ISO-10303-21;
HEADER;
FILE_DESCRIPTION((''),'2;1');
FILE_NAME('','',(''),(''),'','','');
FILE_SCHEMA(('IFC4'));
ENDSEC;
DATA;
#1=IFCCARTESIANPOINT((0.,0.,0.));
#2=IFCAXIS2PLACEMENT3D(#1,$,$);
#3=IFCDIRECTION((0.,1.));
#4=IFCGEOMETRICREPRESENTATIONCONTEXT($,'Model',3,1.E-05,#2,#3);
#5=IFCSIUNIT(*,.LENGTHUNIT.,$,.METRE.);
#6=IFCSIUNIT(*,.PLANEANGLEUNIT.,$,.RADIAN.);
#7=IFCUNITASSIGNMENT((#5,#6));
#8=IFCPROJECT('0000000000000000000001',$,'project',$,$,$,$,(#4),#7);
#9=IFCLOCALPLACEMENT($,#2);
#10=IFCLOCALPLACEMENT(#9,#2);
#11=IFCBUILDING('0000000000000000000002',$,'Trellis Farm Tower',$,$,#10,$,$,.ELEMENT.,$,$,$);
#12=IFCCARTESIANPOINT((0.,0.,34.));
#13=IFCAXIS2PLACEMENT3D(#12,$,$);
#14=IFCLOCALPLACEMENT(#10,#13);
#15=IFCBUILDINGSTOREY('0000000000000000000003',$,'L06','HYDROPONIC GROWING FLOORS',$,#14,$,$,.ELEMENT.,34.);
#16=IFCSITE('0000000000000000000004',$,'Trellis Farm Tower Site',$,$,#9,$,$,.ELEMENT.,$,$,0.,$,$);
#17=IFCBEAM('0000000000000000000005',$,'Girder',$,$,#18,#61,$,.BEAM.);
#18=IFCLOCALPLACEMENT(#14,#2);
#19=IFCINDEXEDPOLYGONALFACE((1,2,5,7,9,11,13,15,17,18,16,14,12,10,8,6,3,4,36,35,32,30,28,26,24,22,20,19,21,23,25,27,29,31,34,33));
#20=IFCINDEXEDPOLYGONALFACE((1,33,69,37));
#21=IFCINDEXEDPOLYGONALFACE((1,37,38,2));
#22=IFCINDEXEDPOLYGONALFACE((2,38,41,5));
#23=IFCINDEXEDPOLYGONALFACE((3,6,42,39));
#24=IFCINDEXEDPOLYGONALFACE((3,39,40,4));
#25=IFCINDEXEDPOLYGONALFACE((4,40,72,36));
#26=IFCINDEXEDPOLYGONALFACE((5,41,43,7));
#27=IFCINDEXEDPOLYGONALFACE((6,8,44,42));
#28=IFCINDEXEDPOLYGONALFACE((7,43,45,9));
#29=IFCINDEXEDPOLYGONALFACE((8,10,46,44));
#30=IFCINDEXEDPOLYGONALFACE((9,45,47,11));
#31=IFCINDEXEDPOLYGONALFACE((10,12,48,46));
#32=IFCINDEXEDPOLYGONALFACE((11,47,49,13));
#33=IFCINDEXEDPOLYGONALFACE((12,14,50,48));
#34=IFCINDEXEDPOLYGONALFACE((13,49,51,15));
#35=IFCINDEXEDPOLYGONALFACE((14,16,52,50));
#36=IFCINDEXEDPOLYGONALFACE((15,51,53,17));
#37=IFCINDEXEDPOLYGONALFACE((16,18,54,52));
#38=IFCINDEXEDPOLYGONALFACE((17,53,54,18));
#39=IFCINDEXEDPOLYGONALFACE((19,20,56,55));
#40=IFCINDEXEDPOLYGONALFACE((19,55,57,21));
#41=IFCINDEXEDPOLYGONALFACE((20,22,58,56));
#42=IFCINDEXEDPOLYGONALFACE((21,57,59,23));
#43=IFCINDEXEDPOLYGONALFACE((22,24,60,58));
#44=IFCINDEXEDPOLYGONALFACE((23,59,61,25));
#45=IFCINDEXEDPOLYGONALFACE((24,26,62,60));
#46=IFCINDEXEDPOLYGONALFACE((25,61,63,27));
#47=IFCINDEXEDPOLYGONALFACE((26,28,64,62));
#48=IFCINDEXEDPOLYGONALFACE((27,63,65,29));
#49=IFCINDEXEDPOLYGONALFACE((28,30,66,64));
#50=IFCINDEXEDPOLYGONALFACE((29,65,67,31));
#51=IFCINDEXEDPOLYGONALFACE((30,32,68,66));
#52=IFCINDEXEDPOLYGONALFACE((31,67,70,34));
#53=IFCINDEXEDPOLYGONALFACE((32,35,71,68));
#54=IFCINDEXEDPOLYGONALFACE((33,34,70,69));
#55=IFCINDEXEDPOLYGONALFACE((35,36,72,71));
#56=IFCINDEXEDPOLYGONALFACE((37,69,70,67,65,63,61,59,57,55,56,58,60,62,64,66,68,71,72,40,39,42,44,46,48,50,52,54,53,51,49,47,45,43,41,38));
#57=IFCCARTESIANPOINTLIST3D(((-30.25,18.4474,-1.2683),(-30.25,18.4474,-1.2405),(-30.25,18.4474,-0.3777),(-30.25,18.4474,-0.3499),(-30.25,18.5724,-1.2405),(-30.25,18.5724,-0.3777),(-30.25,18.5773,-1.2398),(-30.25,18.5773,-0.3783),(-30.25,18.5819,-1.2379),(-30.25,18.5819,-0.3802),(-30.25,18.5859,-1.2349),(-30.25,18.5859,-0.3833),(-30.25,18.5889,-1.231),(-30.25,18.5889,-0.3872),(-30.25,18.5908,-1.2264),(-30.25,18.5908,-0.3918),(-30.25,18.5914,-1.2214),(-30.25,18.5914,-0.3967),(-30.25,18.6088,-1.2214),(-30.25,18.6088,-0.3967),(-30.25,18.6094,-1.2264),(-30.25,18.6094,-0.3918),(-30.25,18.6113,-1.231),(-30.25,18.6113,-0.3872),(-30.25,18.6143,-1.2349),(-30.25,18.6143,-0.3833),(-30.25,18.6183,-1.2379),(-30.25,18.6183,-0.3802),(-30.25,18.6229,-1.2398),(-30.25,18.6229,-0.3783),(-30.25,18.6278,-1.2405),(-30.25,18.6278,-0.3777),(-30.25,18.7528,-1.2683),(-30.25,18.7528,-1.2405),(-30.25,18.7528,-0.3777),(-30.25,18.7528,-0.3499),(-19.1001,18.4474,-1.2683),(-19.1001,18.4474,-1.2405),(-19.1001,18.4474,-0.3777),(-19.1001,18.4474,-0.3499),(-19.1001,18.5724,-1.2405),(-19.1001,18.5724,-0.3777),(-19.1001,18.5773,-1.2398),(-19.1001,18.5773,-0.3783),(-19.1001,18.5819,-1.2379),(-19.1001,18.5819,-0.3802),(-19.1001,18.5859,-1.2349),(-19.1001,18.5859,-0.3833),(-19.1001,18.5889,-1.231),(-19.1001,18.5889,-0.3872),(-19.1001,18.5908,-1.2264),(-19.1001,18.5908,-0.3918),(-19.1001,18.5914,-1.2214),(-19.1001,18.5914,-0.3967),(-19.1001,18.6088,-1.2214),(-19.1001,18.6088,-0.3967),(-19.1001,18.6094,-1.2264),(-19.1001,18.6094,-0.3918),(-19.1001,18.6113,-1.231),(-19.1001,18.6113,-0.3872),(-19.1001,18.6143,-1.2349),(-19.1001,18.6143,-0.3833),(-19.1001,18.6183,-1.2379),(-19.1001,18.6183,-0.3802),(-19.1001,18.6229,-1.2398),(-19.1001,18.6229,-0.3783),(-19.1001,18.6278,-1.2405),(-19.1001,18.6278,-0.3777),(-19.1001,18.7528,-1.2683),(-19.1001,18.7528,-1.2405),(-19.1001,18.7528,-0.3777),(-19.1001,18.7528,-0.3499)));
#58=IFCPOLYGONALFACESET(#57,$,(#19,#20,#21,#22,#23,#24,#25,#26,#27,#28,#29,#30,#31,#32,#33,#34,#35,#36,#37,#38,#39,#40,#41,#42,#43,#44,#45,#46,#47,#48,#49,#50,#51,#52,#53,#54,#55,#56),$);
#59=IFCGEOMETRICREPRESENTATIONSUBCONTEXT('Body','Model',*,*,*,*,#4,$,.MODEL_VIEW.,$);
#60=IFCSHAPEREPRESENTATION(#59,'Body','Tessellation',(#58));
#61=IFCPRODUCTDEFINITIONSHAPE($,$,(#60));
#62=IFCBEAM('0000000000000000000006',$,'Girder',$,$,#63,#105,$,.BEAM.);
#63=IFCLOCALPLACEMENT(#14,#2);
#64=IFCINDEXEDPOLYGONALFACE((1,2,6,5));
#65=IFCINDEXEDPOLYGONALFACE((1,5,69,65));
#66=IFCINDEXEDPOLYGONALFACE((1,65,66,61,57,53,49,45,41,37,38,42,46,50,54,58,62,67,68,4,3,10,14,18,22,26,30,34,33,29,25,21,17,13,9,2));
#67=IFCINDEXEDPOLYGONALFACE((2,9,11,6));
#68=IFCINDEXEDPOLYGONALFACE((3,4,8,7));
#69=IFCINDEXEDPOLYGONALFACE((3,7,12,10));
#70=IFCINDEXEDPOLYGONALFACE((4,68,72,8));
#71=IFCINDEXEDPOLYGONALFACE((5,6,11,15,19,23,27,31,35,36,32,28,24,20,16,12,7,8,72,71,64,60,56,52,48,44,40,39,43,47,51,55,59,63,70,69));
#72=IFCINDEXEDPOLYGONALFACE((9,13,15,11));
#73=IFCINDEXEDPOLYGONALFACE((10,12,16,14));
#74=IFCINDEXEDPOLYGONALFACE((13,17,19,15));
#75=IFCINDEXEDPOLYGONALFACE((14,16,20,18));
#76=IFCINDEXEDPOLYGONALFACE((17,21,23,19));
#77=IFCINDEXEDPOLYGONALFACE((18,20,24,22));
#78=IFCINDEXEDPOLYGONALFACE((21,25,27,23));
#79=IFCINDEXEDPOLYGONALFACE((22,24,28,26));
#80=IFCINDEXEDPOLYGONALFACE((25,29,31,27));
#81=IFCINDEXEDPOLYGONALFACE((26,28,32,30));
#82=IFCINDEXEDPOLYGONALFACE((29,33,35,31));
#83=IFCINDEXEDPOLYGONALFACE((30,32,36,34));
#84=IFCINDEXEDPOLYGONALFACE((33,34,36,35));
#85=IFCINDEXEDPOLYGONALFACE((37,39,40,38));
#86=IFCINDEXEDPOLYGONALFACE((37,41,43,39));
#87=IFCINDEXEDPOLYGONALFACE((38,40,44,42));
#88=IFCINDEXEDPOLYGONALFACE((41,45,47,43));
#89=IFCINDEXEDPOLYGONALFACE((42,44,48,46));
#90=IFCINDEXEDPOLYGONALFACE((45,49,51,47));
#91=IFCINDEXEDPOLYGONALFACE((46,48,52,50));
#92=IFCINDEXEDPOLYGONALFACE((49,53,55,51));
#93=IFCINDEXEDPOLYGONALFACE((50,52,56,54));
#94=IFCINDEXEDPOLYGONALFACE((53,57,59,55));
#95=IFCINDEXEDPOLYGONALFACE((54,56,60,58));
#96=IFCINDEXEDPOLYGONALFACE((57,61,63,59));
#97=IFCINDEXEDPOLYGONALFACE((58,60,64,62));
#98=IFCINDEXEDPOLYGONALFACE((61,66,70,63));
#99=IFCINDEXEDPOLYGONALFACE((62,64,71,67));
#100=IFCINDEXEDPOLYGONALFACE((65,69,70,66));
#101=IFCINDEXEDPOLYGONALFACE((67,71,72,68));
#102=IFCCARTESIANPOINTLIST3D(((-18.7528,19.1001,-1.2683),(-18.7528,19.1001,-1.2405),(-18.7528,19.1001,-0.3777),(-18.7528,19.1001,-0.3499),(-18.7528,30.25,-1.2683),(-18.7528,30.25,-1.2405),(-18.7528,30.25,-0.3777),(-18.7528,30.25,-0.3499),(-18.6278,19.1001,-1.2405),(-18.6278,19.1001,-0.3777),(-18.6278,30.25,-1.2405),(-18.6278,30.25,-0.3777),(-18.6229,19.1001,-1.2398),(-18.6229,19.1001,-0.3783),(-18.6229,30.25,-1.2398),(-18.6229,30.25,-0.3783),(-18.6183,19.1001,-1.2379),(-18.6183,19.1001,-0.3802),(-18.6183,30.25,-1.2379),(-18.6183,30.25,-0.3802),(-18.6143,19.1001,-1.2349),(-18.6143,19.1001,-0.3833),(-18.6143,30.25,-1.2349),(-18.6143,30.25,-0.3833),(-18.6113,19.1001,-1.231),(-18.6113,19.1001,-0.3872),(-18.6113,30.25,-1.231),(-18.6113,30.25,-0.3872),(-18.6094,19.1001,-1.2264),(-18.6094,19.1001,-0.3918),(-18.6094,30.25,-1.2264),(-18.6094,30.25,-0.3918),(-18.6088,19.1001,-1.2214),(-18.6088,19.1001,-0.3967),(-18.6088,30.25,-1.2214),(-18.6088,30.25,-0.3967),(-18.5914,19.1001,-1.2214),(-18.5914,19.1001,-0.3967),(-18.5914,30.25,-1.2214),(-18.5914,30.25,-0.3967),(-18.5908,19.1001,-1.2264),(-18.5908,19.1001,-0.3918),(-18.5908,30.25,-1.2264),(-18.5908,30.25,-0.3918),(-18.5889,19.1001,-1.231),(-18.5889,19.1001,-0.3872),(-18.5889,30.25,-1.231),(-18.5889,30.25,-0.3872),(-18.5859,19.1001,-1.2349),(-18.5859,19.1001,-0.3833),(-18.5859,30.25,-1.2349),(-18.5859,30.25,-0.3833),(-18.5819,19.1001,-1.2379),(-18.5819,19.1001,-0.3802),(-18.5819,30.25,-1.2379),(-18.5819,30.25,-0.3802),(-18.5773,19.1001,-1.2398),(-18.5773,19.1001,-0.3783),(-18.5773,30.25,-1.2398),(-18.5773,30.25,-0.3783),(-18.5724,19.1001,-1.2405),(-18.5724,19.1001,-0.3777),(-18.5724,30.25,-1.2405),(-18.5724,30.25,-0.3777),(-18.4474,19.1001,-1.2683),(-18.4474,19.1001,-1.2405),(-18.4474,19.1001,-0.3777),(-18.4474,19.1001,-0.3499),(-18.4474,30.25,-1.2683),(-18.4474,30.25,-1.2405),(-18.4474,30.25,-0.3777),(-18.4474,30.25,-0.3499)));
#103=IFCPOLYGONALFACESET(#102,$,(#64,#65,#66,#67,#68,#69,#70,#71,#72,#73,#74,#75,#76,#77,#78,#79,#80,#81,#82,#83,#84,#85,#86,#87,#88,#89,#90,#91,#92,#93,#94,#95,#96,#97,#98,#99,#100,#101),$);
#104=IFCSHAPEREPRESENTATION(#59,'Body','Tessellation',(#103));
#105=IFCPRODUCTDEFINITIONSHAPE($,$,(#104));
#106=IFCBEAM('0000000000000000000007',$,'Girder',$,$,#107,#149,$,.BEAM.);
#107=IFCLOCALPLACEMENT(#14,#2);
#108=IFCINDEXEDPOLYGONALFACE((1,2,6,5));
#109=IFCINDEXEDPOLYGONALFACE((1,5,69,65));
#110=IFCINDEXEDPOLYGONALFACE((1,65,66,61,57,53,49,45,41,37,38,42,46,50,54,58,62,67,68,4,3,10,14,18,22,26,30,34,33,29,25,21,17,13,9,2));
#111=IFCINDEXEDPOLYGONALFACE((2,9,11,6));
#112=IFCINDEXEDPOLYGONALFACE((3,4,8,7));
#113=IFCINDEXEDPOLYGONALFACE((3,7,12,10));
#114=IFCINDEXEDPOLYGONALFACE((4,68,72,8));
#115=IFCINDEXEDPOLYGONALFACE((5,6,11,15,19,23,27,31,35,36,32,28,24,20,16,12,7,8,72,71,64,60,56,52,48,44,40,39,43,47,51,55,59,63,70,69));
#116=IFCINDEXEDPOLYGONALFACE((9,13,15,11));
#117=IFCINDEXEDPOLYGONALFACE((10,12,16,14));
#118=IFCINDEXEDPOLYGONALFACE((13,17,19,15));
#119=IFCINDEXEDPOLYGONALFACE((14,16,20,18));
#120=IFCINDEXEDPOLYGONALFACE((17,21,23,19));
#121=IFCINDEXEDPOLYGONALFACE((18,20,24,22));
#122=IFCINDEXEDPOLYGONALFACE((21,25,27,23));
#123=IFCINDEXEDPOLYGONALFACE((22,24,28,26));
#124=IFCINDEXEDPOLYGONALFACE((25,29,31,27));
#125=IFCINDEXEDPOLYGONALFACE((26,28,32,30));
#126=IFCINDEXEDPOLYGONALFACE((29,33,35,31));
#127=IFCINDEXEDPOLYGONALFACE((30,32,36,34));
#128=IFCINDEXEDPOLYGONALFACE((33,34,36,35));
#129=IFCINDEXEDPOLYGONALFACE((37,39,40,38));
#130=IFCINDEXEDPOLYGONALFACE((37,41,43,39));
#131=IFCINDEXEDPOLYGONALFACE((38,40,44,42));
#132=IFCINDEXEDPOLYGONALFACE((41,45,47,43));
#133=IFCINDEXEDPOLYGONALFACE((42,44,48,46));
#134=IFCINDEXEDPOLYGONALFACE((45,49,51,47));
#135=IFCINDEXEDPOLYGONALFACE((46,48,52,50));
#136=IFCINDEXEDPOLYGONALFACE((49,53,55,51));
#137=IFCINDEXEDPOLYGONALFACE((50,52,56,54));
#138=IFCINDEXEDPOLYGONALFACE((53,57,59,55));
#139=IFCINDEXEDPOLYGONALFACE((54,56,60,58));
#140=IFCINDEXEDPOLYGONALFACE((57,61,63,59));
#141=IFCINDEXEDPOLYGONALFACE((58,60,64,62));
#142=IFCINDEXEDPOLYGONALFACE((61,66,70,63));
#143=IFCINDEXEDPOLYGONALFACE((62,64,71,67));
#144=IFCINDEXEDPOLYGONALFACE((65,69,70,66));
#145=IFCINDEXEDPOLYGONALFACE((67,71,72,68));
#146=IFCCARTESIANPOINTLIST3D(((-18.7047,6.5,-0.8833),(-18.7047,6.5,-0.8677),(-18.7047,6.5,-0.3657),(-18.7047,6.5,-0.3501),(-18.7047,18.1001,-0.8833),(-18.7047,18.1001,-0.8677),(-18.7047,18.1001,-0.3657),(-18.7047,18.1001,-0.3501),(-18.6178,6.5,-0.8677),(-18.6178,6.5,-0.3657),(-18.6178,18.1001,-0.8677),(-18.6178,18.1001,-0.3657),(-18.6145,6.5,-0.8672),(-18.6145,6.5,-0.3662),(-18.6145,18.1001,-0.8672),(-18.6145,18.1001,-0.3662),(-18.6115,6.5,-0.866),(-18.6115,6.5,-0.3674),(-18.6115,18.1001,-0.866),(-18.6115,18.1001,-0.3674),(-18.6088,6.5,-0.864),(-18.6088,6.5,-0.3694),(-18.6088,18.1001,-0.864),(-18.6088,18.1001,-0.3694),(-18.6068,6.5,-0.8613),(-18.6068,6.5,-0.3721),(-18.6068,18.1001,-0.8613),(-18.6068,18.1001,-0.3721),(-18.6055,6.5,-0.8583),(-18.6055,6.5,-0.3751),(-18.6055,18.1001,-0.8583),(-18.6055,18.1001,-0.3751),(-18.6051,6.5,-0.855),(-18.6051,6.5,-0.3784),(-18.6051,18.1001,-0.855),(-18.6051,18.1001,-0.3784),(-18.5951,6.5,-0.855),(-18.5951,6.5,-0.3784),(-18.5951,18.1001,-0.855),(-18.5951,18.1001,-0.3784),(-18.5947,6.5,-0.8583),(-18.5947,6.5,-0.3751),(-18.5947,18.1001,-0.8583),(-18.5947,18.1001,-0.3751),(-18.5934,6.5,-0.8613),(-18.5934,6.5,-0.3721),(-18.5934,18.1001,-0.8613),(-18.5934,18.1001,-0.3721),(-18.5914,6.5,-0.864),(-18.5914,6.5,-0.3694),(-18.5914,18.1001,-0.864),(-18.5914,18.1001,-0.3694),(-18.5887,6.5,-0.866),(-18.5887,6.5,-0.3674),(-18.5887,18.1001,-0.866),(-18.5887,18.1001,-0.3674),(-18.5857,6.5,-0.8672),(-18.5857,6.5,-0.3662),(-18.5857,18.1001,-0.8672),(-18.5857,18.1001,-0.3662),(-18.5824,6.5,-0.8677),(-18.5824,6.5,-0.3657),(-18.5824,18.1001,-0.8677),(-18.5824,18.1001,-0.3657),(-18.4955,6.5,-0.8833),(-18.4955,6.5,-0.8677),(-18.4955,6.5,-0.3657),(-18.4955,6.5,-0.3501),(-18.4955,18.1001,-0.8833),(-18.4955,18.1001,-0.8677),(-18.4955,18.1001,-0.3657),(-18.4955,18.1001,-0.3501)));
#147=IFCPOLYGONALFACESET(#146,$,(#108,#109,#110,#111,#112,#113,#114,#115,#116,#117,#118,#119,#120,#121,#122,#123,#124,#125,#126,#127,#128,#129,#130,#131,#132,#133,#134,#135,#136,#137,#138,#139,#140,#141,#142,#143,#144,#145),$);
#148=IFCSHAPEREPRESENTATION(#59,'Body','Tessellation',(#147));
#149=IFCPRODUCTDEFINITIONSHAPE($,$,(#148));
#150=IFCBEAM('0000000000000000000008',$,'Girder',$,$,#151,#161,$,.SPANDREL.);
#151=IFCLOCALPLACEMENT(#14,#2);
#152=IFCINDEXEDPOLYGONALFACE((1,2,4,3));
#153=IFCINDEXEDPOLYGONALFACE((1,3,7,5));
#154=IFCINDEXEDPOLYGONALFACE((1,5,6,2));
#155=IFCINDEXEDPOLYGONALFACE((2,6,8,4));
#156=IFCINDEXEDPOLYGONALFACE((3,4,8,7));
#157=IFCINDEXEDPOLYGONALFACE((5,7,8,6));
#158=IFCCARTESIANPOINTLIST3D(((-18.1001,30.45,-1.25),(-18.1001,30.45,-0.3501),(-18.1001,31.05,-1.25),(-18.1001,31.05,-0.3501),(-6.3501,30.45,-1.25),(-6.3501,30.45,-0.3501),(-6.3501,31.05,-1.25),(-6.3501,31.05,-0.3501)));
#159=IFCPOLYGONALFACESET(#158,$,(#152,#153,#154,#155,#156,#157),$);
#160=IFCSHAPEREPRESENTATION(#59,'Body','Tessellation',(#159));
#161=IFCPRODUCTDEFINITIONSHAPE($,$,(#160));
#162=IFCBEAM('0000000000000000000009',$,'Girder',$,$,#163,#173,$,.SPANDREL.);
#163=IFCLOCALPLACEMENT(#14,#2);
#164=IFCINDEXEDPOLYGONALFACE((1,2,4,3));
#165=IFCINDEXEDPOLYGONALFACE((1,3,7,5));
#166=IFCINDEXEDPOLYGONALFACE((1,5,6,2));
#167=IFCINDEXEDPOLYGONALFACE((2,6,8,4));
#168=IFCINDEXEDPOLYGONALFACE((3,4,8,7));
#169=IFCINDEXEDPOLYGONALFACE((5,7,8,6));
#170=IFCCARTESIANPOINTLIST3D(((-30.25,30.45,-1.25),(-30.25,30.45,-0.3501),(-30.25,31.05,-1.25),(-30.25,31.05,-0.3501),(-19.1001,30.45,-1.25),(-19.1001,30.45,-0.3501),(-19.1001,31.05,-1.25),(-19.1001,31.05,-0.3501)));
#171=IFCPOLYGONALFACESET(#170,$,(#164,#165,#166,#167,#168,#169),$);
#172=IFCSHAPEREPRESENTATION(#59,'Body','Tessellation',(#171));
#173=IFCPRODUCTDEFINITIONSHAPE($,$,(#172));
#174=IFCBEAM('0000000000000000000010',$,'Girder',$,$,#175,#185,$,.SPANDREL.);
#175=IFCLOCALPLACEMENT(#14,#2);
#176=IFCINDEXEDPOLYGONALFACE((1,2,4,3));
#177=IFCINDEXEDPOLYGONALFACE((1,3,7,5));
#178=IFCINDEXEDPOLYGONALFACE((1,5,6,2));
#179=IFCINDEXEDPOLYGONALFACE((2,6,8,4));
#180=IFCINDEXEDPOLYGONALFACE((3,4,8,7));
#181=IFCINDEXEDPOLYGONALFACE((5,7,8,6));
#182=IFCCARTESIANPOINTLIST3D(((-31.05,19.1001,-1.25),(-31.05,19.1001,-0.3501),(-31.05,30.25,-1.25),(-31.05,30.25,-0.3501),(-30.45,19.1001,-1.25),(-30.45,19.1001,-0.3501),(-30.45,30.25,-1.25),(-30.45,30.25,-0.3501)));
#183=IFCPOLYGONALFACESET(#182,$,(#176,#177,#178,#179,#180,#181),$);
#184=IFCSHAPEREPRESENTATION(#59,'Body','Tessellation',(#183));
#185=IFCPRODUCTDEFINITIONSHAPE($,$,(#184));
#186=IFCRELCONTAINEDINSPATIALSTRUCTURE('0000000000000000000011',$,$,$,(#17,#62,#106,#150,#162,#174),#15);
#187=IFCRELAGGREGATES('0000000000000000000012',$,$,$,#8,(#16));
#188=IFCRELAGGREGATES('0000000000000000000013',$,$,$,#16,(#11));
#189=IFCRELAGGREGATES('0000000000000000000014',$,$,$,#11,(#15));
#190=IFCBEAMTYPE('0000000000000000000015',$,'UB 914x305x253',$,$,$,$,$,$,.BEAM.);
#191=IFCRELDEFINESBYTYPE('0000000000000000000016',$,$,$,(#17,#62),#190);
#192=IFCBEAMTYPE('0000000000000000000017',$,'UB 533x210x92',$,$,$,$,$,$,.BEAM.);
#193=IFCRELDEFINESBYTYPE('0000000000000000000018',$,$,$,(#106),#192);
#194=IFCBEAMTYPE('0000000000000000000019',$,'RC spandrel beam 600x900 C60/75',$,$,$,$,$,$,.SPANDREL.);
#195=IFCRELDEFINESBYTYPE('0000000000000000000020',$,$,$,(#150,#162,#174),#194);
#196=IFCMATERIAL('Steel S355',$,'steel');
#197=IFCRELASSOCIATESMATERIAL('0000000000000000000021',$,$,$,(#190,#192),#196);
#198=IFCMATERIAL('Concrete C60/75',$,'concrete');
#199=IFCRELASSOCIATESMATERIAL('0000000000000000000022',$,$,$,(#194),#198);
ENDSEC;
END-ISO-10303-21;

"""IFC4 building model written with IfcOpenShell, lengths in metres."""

from ifc_helpers import new_model, si_unit, direction, frame, origin, origin_2d, place, context, subcontext, project, spatial, rectangle, i_section, extrude, source, transform, mapped, material, material_profile, profile_set, type_object, element, save


model = new_model("IFC4")

# Units and contexts
model_context = context("Model", 3, precision=1e-05, world=origin(), true_north=direction((0.0, 1.0)))
body_context = subcontext(model_context, "Body", "Model", "MODEL_VIEW")
ifc_project = project(units=[si_unit("LENGTHUNIT", "METRE"), si_unit("PLANEANGLEUNIT", "RADIAN")], contexts=[model_context])

# Site, building, storey
site_placement = place(None, origin())
site = spatial("IfcSite", under=ifc_project, at=site_placement, Name="Trellis Farm Tower Site", CompositionType="ELEMENT", RefElevation=0.0)
building_placement = place(site_placement, origin())
building = spatial("IfcBuilding", under=site, at=building_placement, Name="Trellis Farm Tower", CompositionType="ELEMENT")
storey_placement = place(building_placement, frame((0.0, 0.0, 34.0)))
storey = spatial("IfcBuildingStorey", under=building, at=storey_placement, Name="L06", Description="HYDROPONIC GROWING FLOORS", CompositionType="ELEMENT", Elevation=34.0)

# Beams
ifc_material_1 = material(Name="Steel S355", Category="steel")
ifc_material_profile_1 = material_profile(ifc_material_1, i_section(OverallWidth=0.3054, OverallDepth=0.9185, WebThickness=0.0173, FlangeThickness=0.0278, FilletRadius=0.019, at=origin_2d()), Name="UB 914x305x253")
ifc_profile_set_1 = profile_set([ifc_material_profile_1], Name="Steel S355")
beam_type_1 = type_object("IfcBeamType", Name="UB 914x305x253", PredefinedType="BEAM", material=ifc_profile_set_1)
shared_shape_1 = source(origin(), body_context, "Body", "SweptSolid", [
    extrude(i_section(OverallWidth=0.3054, OverallDepth=0.9185, WebThickness=0.0173, FlangeThickness=0.0278, FilletRadius=0.019, at=origin_2d()), origin(), (0.0, 0.0, 1.0), 11.1499),
])
for number, where, z_axis, x_axis, name in (
    (1, (-30.25, 18.6001, -0.8091), (1.0, 0.0, 0.0), (0.0, 1.0, 0.0), "Girder"),
    (2, (-18.6001, 19.1001, -0.8091), (0.0, 1.0, 0.0), (-1.0, 0.0, 0.0), "Girder"),
):
    element("IfcBeam", number, at=place(storey_placement, frame(where, z_axis=z_axis, x_axis=x_axis)), inside=storey, type_object=beam_type_1, Name=name, PredefinedType="BEAM", context=body_context, shape_type="MappedRepresentation", body=[
        mapped(shared_shape_1, transform((0.0, 0.0, 0.0))),
    ])
ifc_material_profile_2 = material_profile(ifc_material_1, i_section(OverallWidth=0.2092, OverallDepth=0.5332, WebThickness=0.01, FlangeThickness=0.0156, FilletRadius=0.0127, at=origin_2d()), Name="UB 533x210x92")
ifc_profile_set_2 = profile_set([ifc_material_profile_2], Name="Steel S355")
beam_type_2 = type_object("IfcBeamType", Name="UB 533x210x92", PredefinedType="BEAM", material=ifc_profile_set_2)
shared_shape_2 = source(origin(), body_context, "Body", "SweptSolid", [
    extrude(i_section(OverallWidth=0.2092, OverallDepth=0.5332, WebThickness=0.01, FlangeThickness=0.0156, FilletRadius=0.0127, at=origin_2d()), origin(), (0.0, 0.0, 1.0), 11.6001),
])
beam_1_placement = place(storey_placement, frame((-18.6001, 6.5, -0.6167), z_axis=(0.0, 1.0, 0.0), x_axis=(-1.0, 0.0, 0.0)))
element("IfcBeam", 3, at=beam_1_placement, inside=storey, type_object=beam_type_2, Name="Girder", PredefinedType="BEAM", context=body_context, shape_type="MappedRepresentation", body=[
    mapped(shared_shape_2, transform((0.0, 0.0, 0.0))),
])
ifc_material_2 = material(Name="Concrete C60/75", Category="concrete")
ifc_material_profile_3 = material_profile(ifc_material_2, rectangle(XDim=0.6001, YDim=0.8999, at=origin_2d()), Name="RC spandrel beam 600x900 C60/75")
ifc_profile_set_3 = profile_set([ifc_material_profile_3], Name="Concrete C60/75")
beam_type_3 = type_object("IfcBeamType", Name="RC spandrel beam 600x900 C60/75", PredefinedType="SPANDREL", material=ifc_profile_set_3)
shared_shape_3 = source(origin(), body_context, "Body", "SweptSolid", [
    extrude(rectangle(XDim=0.6001, YDim=0.8999, at=origin_2d()), origin(), (0.0, 0.0, 1.0), 11.75),
])
beam_2_placement = place(storey_placement, frame((-18.1001, 30.75, -0.8), z_axis=(1.0, 0.0, 0.0), x_axis=(0.0, 1.0, 0.0)))
element("IfcBeam", 4, at=beam_2_placement, inside=storey, type_object=beam_type_3, Name="Girder", PredefinedType="SPANDREL", context=body_context, shape_type="MappedRepresentation", body=[
    mapped(shared_shape_3, transform((0.0, 0.0, 0.0))),
])
shared_shape_4 = source(origin(), body_context, "Body", "SweptSolid", [
    extrude(rectangle(XDim=0.6001, YDim=0.8999, at=origin_2d()), origin(), (0.0, 0.0, 1.0), 11.1499),
])
for number, where, z_axis, x_axis, name in (
    (5, (-30.25, 30.75, -0.8), (1.0, 0.0, 0.0), (0.0, 1.0, 0.0), "Girder"),
    (6, (-30.75, 19.1001, -0.8), (0.0, 1.0, 0.0), (-1.0, 0.0, 0.0), "Girder"),
):
    element("IfcBeam", number, at=place(storey_placement, frame(where, z_axis=z_axis, x_axis=x_axis)), inside=storey, type_object=beam_type_3, Name=name, PredefinedType="SPANDREL", context=body_context, shape_type="MappedRepresentation", body=[
        mapped(shared_shape_4, transform((0.0, 0.0, 0.0))),
    ])

save(model, "model.ifc")
